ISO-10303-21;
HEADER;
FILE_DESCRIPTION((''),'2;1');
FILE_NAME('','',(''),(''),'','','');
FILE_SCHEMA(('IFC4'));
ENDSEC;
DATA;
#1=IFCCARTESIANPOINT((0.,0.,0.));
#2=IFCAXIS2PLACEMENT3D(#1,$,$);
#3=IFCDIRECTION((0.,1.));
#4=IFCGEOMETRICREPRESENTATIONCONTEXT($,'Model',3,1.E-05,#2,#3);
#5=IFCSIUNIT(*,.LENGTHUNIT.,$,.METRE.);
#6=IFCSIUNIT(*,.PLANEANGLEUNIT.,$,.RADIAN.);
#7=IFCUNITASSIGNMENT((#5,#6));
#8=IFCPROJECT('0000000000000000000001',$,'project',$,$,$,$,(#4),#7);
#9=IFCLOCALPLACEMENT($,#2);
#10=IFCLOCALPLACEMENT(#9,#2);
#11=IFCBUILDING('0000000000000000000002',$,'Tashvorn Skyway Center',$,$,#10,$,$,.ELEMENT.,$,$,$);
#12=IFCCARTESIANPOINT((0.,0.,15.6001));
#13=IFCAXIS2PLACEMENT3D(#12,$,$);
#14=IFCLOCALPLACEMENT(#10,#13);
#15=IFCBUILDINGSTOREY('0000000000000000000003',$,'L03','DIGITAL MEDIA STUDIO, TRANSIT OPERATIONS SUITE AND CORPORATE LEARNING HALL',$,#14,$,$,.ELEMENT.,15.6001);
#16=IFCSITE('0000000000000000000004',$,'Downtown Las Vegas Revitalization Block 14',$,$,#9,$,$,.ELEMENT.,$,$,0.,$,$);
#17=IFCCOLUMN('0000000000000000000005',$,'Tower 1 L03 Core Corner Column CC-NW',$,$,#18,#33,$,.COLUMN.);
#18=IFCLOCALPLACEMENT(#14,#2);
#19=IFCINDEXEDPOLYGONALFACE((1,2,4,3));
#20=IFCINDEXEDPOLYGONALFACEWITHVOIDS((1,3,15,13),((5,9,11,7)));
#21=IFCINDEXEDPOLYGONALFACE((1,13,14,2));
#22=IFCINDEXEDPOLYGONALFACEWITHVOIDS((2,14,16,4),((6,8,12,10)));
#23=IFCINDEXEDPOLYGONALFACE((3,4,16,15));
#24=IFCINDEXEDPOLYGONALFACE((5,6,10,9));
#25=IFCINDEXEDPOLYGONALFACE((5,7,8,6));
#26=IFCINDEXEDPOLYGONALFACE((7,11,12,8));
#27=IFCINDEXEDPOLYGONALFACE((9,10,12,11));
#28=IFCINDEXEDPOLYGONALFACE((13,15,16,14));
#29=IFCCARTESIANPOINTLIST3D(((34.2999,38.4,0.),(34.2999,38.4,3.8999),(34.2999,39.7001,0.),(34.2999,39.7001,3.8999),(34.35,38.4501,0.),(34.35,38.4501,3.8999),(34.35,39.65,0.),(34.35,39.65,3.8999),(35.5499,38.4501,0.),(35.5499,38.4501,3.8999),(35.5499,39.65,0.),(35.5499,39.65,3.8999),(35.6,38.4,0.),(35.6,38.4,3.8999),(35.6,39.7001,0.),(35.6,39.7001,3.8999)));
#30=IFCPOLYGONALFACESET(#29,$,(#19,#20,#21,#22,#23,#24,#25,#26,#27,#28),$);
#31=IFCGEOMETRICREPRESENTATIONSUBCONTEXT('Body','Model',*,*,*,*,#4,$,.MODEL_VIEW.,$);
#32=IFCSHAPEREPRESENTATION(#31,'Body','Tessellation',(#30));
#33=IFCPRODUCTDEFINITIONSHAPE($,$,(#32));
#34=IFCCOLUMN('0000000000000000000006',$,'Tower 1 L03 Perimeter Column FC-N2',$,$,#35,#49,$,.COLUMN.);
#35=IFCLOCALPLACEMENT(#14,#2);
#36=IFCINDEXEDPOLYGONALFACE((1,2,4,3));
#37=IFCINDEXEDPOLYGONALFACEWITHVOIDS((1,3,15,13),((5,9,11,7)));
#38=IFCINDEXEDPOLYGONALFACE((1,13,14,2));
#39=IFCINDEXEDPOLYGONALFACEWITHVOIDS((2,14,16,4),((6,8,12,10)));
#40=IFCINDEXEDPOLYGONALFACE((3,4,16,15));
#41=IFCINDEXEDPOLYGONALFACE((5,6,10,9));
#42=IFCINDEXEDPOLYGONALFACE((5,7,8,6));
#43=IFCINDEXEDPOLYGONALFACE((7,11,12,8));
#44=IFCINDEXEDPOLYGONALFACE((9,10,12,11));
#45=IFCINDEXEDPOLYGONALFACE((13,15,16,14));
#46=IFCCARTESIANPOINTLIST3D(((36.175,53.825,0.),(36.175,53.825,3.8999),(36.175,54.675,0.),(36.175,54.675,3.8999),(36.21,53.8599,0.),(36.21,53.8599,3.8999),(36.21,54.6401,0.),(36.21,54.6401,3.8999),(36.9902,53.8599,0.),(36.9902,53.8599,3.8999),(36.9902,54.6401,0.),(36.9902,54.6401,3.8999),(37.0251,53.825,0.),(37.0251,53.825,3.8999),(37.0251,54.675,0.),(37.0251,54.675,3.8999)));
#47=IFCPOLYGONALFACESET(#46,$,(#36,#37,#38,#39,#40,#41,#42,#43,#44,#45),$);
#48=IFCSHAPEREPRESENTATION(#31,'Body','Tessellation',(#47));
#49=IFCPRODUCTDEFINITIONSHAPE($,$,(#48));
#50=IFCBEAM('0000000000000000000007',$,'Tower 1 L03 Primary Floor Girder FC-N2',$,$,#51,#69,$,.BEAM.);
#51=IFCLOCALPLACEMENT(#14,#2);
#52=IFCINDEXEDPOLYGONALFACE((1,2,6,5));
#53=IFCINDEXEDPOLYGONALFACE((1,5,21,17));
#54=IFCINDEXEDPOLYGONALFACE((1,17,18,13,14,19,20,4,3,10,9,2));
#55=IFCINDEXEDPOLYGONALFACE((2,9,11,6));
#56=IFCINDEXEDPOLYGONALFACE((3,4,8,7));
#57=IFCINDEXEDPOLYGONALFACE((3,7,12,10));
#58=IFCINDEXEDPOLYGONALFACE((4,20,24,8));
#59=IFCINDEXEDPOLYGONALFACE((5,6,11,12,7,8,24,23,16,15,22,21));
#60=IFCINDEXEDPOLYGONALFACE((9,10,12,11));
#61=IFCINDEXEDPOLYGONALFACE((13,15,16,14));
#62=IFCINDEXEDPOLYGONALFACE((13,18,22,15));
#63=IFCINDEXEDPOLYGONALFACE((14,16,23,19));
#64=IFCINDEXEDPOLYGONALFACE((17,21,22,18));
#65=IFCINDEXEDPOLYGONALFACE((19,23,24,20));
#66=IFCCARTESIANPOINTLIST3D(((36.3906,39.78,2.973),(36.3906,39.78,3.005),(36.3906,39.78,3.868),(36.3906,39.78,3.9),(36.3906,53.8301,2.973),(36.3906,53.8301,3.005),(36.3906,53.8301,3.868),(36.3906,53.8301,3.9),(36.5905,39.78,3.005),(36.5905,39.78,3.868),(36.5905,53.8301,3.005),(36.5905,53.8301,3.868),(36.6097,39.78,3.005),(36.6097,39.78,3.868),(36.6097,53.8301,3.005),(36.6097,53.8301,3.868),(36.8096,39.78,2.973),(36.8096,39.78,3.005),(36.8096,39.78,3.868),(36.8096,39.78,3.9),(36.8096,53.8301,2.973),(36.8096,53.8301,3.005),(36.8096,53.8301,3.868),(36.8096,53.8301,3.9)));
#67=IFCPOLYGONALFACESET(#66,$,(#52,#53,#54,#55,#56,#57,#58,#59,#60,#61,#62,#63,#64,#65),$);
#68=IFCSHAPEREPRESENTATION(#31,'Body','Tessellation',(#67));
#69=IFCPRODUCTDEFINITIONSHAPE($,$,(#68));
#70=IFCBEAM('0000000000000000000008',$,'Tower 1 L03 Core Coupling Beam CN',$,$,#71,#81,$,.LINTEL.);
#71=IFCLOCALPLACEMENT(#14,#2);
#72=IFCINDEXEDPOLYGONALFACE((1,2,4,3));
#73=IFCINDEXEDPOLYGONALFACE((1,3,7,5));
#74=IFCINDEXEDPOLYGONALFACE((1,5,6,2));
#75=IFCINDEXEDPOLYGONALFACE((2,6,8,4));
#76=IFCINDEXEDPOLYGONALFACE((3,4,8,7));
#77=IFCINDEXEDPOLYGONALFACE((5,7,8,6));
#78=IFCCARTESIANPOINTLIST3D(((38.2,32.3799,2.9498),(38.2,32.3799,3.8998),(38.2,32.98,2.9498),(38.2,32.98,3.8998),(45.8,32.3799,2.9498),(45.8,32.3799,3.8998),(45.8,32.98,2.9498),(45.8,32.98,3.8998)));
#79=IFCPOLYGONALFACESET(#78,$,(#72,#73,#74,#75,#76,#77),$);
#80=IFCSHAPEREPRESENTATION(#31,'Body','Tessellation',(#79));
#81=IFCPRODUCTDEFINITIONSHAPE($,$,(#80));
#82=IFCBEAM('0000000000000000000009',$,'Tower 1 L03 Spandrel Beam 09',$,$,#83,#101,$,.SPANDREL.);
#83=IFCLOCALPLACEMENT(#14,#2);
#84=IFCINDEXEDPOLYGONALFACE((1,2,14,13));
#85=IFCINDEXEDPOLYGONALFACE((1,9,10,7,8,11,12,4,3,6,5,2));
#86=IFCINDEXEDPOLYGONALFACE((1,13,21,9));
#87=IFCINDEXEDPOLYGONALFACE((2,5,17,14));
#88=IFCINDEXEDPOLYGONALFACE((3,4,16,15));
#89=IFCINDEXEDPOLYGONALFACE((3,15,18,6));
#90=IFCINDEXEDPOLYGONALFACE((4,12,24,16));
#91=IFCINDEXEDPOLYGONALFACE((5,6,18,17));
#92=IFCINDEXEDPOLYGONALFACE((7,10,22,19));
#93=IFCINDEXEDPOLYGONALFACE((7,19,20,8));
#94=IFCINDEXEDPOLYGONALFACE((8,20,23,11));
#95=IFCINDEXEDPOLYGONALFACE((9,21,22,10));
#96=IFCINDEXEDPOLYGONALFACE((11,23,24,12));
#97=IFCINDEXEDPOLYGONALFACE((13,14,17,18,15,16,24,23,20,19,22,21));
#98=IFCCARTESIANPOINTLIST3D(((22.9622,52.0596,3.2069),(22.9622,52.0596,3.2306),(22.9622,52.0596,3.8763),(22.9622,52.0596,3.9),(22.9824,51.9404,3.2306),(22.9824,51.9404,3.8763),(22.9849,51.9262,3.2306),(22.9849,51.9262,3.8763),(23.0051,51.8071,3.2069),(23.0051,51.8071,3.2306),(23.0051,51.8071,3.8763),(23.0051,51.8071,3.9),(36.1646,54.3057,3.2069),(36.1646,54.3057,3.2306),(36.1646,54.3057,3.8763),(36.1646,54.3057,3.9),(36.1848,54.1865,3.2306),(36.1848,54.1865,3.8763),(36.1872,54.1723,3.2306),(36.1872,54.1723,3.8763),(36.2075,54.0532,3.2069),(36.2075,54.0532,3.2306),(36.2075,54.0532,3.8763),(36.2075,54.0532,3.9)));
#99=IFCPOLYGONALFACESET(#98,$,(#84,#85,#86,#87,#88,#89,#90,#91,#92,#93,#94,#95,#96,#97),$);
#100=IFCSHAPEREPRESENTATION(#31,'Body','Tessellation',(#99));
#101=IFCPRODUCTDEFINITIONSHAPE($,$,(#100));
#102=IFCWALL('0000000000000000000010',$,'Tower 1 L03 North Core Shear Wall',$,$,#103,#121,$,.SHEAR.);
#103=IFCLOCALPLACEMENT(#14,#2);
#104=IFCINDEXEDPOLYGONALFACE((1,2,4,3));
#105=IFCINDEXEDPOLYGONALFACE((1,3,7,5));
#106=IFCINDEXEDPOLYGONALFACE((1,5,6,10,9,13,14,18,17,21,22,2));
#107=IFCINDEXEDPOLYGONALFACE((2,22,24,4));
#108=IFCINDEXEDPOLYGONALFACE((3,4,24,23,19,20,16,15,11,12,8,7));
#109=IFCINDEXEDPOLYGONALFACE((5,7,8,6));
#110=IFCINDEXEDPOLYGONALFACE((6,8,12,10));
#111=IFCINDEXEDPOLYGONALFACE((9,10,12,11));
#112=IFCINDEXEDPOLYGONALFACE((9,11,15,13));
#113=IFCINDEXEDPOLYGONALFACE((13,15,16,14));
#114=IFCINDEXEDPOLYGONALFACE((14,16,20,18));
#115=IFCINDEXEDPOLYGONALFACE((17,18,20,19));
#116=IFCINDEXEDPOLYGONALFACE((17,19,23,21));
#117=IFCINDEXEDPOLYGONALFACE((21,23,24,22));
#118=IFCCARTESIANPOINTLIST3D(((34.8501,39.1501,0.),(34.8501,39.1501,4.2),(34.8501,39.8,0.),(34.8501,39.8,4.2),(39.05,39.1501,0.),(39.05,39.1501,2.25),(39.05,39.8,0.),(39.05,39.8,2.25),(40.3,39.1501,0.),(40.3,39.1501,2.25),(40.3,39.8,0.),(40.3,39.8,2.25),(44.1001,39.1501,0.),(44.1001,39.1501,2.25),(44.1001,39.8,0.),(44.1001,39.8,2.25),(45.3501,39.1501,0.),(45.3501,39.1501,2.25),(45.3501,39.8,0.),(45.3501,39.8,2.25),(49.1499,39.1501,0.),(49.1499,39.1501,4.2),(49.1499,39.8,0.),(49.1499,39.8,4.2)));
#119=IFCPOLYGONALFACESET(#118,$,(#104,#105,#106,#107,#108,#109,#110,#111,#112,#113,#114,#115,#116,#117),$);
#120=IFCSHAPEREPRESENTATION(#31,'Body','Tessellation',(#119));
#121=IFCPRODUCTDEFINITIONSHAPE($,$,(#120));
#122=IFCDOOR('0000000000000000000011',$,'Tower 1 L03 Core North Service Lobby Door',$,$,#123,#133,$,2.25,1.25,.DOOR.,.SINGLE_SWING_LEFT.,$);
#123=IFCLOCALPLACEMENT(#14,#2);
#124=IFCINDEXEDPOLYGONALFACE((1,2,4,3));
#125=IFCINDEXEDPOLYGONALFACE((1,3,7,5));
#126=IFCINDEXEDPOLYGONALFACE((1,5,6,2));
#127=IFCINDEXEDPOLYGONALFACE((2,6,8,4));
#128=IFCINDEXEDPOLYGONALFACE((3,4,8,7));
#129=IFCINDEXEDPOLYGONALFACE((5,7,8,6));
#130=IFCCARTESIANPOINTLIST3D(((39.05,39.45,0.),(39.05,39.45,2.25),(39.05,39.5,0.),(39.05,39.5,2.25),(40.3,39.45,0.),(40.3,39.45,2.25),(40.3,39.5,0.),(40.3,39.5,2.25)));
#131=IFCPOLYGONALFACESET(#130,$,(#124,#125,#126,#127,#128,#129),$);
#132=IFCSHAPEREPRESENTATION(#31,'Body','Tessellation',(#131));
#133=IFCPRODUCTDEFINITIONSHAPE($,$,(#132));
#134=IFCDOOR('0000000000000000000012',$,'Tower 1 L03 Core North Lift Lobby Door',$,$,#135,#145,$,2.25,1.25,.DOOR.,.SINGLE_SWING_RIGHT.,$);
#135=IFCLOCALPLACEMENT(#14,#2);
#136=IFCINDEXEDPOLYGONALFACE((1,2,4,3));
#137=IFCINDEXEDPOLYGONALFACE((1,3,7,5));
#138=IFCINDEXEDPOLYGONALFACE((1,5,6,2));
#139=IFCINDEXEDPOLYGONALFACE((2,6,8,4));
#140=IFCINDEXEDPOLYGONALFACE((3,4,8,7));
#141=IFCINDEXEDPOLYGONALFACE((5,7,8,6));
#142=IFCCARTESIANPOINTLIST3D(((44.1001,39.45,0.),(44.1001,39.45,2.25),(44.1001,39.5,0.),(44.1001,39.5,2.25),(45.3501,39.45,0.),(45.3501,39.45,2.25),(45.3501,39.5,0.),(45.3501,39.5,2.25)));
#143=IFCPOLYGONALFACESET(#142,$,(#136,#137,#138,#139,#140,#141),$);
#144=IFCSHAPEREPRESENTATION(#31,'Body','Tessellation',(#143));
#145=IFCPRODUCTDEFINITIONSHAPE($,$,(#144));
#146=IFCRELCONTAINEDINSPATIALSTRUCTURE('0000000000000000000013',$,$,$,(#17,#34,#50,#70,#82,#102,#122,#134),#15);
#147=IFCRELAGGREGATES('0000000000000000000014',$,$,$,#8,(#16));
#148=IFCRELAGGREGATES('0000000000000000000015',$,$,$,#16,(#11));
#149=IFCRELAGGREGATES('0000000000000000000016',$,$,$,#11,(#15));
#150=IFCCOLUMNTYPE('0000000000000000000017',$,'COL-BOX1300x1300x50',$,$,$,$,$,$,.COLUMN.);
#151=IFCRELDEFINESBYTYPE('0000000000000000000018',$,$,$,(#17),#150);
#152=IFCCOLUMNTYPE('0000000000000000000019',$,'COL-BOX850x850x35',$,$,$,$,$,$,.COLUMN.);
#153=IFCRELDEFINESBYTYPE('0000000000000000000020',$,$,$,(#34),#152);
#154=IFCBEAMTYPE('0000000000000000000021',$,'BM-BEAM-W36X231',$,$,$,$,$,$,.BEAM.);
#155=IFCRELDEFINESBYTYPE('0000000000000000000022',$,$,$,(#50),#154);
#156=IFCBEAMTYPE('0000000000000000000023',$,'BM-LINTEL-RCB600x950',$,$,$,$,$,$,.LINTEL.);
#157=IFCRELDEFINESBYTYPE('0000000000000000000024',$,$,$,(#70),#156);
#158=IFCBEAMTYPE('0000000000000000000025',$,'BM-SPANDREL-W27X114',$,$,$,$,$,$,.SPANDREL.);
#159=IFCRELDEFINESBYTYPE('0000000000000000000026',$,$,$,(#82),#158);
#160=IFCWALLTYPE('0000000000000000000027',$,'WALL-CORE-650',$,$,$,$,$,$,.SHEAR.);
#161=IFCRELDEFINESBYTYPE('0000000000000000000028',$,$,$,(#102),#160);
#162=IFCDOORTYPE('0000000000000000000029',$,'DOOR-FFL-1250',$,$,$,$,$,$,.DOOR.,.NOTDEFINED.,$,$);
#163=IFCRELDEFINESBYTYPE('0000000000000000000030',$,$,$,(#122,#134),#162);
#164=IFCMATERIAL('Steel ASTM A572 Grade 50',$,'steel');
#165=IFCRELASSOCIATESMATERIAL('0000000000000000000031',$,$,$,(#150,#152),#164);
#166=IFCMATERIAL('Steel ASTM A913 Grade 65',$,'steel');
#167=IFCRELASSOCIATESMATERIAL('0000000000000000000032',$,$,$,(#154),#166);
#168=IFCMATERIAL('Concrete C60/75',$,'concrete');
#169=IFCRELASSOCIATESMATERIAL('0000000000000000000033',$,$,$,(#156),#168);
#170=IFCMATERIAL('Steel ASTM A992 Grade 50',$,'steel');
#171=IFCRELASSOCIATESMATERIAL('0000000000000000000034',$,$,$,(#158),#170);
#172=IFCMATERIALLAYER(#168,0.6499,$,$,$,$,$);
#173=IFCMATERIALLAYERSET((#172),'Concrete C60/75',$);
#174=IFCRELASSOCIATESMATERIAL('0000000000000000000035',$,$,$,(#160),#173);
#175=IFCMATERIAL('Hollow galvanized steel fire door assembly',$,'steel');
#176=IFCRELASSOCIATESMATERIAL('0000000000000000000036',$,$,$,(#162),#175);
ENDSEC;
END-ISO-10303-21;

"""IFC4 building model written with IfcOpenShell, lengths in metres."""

from ifc_helpers import new_model, si_unit, direction, frame, frame_2d, origin, origin_2d, place, context, subcontext, project, spatial, rectangle, hollow_rectangle, i_section, extrude, material, layer, layer_set, material_profile, profile_set, type_object, element, fill, save


model = new_model("IFC4")

# Units and contexts
model_context = context("Model", 3, precision=1e-05, world=origin(), true_north=direction((0.0, 1.0)))
body_context = subcontext(model_context, "Body", "Model", "MODEL_VIEW")
ifc_project = project(units=[si_unit("LENGTHUNIT", "METRE"), si_unit("PLANEANGLEUNIT", "RADIAN")], contexts=[model_context])

# Site, building, storey
site_placement = place(None, origin())
site = spatial("IfcSite", under=ifc_project, at=site_placement, Name="Downtown Las Vegas Revitalization Block 14", CompositionType="ELEMENT", RefElevation=0.0)
building_placement = place(site_placement, origin())
building = spatial("IfcBuilding", under=site, at=building_placement, Name="Tashvorn Skyway Center", CompositionType="ELEMENT")
storey_placement = place(building_placement, frame((0.0, 0.0, 15.6001)))
storey = spatial("IfcBuildingStorey", under=building, at=storey_placement, Name="L03", Description="DIGITAL MEDIA STUDIO, TRANSIT OPERATIONS SUITE AND CORPORATE LEARNING HALL", CompositionType="ELEMENT", Elevation=15.6001)

# Columns
ifc_material_1 = material(Name="Steel ASTM A572 Grade 50", Category="steel")
ifc_material_profile_1 = material_profile(ifc_material_1, hollow_rectangle(XDim=1.3, YDim=1.3, WallThickness=0.05, at=origin_2d()), Name="BOX1300x1300x50")
ifc_profile_set_1 = profile_set([ifc_material_profile_1], Name="Steel ASTM A572 Grade 50")
column_type_1 = type_object("IfcColumnType", Name="COL-BOX1300x1300x50", PredefinedType="COLUMN", material=ifc_profile_set_1)
column_1_placement = place(storey_placement, frame((34.95, 39.05, 0.0), z_axis=(0.0, 0.0, 1.0), x_axis=(1.0, 0.0, 0.0)))
element("IfcColumn", 1, at=column_1_placement, inside=storey, type_object=column_type_1, Name="Tower 1 L03 Core Corner Column CC-NW", PredefinedType="COLUMN", context=body_context, shape_type="SweptSolid", body=[
    extrude(hollow_rectangle(XDim=1.3, YDim=1.3, WallThickness=0.05, at=origin_2d()), origin(), (0.0, 0.0, 1.0), 3.8999),
])
ifc_material_profile_2 = material_profile(ifc_material_1, hollow_rectangle(XDim=0.8501, YDim=0.8501, WallThickness=0.0349, at=origin_2d()), Name="BOX850x850x35")
ifc_profile_set_2 = profile_set([ifc_material_profile_2], Name="Steel ASTM A572 Grade 50")
column_type_2 = type_object("IfcColumnType", Name="COL-BOX850x850x35", PredefinedType="COLUMN", material=ifc_profile_set_2)
column_2_placement = place(storey_placement, frame((36.6001, 54.25, 0.0), z_axis=(0.0, 0.0, 1.0), x_axis=(1.0, 0.0, 0.0)))
element("IfcColumn", 2, at=column_2_placement, inside=storey, type_object=column_type_2, Name="Tower 1 L03 Perimeter Column FC-N2", PredefinedType="COLUMN", context=body_context, shape_type="SweptSolid", body=[
    extrude(hollow_rectangle(XDim=0.8501, YDim=0.8501, WallThickness=0.0349, at=origin_2d()), origin(), (0.0, 0.0, 1.0), 3.8999),
])

# Beams
ifc_material_2 = material(Name="Steel ASTM A913 Grade 65", Category="steel")
ifc_material_profile_3 = material_profile(ifc_material_2, i_section(OverallWidth=0.4189, OverallDepth=0.927, WebThickness=0.0193, FlangeThickness=0.032, at=origin_2d()), Name="W36X231")
ifc_profile_set_3 = profile_set([ifc_material_profile_3], Name="Steel ASTM A913 Grade 65")
beam_type_1 = type_object("IfcBeamType", Name="BM-BEAM-W36X231", PredefinedType="BEAM", material=ifc_profile_set_3)
beam_1_placement = place(storey_placement, frame((36.6001, 53.8301, 3.4365), z_axis=(0.0, -1.0, 0.0), x_axis=(1.0, 0.0, 0.0)))
element("IfcBeam", 3, at=beam_1_placement, inside=storey, type_object=beam_type_1, Name="Tower 1 L03 Primary Floor Girder FC-N2", PredefinedType="BEAM", context=body_context, shape_type="SweptSolid", body=[
    extrude(i_section(OverallWidth=0.4189, OverallDepth=0.927, WebThickness=0.0193, FlangeThickness=0.032, at=origin_2d()), origin(), (0.0, 0.0, 1.0), 14.05),
])
ifc_material_3 = material(Name="Concrete C60/75", Category="concrete")
ifc_material_profile_4 = material_profile(ifc_material_3, rectangle(XDim=0.6001, YDim=0.95, at=origin_2d()), Name="RCB600x950")
ifc_profile_set_4 = profile_set([ifc_material_profile_4], Name="Concrete C60/75")
beam_type_2 = type_object("IfcBeamType", Name="BM-LINTEL-RCB600x950", PredefinedType="LINTEL", material=ifc_profile_set_4)
beam_2_placement = place(storey_placement, frame((38.2, 32.6799, 3.4248), z_axis=(1.0, 0.0, 0.0), x_axis=(0.0, 1.0, 0.0)))
element("IfcBeam", 4, at=beam_2_placement, inside=storey, type_object=beam_type_2, Name="Tower 1 L03 Core Coupling Beam CN", PredefinedType="LINTEL", context=body_context, shape_type="SweptSolid", body=[
    extrude(rectangle(XDim=0.6001, YDim=0.95, at=origin_2d()), origin(), (0.0, 0.0, 1.0), 7.6001),
])
ifc_material_4 = material(Name="Steel ASTM A992 Grade 50", Category="steel")
ifc_material_profile_5 = material_profile(ifc_material_4, i_section(OverallWidth=0.2561, OverallDepth=0.6931, WebThickness=0.0144, FlangeThickness=0.0237, at=origin_2d()), Name="W27X114")
ifc_profile_set_5 = profile_set([ifc_material_profile_5], Name="Steel ASTM A992 Grade 50")
beam_type_3 = type_object("IfcBeamType", Name="BM-SPANDREL-W27X114", PredefinedType="SPANDREL", material=ifc_profile_set_5)
beam_3_placement = place(storey_placement, frame((36.186, 54.1794, 3.5535), z_axis=(-0.985835, -0.167718, 0.0), x_axis=(0.167718, -0.985835, 0.0)))
element("IfcBeam", 5, at=beam_3_placement, inside=storey, type_object=beam_type_3, Name="Tower 1 L03 Spandrel Beam 09", PredefinedType="SPANDREL", context=body_context, shape_type="SweptSolid", body=[
    extrude(i_section(OverallWidth=0.2561, OverallDepth=0.6931, WebThickness=0.0144, FlangeThickness=0.0237, at=origin_2d()), origin(), (0.0, 0.0, 1.0), 13.3921),
])

# Wall, openings, doors
ifc_layer_1 = layer(ifc_material_3, 0.6499)
ifc_layer_set_1 = layer_set([ifc_layer_1], Name="Concrete C60/75")
wall_type_1 = type_object("IfcWallType", Name="WALL-CORE-650", PredefinedType="SHEAR", material=ifc_layer_set_1)
wall_1_placement = place(storey_placement, frame((34.8501, 39.4751, 0.0), z_axis=(0.0, 0.0, 1.0), x_axis=(1.0, 0.0, 0.0)))
wall_1 = element("IfcWall", 6, at=wall_1_placement, inside=storey, type_object=wall_type_1, Name="Tower 1 L03 North Core Shear Wall", PredefinedType="SHEAR", context=body_context, shape_type="SweptSolid", body=[
    extrude(rectangle(XDim=14.2998, YDim=0.6499, at=frame_2d((7.1499, 0.0))), origin(), (0.0, 0.0, 1.0), 4.2),
])
opening_1_placement = place(wall_1_placement, frame((4.2, 0.0, 0.0)))
opening_1 = element("IfcOpeningElement", 7, at=opening_1_placement, cuts=wall_1, PredefinedType="OPENING", context=body_context, shape_type="SweptSolid", body=[
    extrude(rectangle(XDim=1.25, YDim=2.25, at=frame_2d((0.625, 1.125))), frame((0.0, 0.335, 0.0), z_axis=(0.0, -1.0, 0.0), x_axis=(1.0, 0.0, 0.0)), (0.0, 0.0, 1.0), 0.6699),
])
opening_2_placement = place(wall_1_placement, frame((9.25, 0.0, 0.0)))
opening_2 = element("IfcOpeningElement", 8, at=opening_2_placement, cuts=wall_1, PredefinedType="OPENING", context=body_context, shape_type="SweptSolid", body=[
    extrude(rectangle(XDim=1.25, YDim=2.25, at=frame_2d((0.625, 1.125))), frame((0.0, 0.335, 0.0), z_axis=(0.0, -1.0, 0.0), x_axis=(1.0, 0.0, 0.0)), (0.0, 0.0, 1.0), 0.6699),
])
ifc_material_5 = material(Name="Hollow galvanized steel fire door assembly", Category="steel")
door_type_1 = type_object("IfcDoorType", Name="DOOR-FFL-1250", OperationType="NOTDEFINED", PredefinedType="DOOR", material=ifc_material_5)
door_1_placement = place(opening_1_placement, origin())
door_1 = element("IfcDoor", 9, at=door_1_placement, inside=storey, type_object=door_type_1, Name="Tower 1 L03 Core North Service Lobby Door", OperationType="SINGLE_SWING_LEFT", OverallHeight=2.25, OverallWidth=1.25, PredefinedType="DOOR", context=body_context, shape_type="SweptSolid", body=[
    extrude(rectangle(XDim=1.25, YDim=2.25, at=frame_2d((0.625, 1.125))), frame((0.0, 0.0249, 0.0), z_axis=(0.0, -1.0, 0.0), x_axis=(1.0, 0.0, 0.0)), (0.0, 0.0, 1.0), 0.05),
])
fill(opening_1, door_1)
door_2_placement = place(opening_2_placement, origin())
door_2 = element("IfcDoor", 10, at=door_2_placement, inside=storey, type_object=door_type_1, Name="Tower 1 L03 Core North Lift Lobby Door", OperationType="SINGLE_SWING_RIGHT", OverallHeight=2.25, OverallWidth=1.25, PredefinedType="DOOR", context=body_context, shape_type="SweptSolid", body=[
    extrude(rectangle(XDim=1.25, YDim=2.25, at=frame_2d((0.625, 1.125))), frame((0.0, 0.0249, 0.0), z_axis=(0.0, -1.0, 0.0), x_axis=(1.0, 0.0, 0.0)), (0.0, 0.0, 1.0), 0.05),
])
fill(opening_2, door_2)

save(model, "model.ifc")
